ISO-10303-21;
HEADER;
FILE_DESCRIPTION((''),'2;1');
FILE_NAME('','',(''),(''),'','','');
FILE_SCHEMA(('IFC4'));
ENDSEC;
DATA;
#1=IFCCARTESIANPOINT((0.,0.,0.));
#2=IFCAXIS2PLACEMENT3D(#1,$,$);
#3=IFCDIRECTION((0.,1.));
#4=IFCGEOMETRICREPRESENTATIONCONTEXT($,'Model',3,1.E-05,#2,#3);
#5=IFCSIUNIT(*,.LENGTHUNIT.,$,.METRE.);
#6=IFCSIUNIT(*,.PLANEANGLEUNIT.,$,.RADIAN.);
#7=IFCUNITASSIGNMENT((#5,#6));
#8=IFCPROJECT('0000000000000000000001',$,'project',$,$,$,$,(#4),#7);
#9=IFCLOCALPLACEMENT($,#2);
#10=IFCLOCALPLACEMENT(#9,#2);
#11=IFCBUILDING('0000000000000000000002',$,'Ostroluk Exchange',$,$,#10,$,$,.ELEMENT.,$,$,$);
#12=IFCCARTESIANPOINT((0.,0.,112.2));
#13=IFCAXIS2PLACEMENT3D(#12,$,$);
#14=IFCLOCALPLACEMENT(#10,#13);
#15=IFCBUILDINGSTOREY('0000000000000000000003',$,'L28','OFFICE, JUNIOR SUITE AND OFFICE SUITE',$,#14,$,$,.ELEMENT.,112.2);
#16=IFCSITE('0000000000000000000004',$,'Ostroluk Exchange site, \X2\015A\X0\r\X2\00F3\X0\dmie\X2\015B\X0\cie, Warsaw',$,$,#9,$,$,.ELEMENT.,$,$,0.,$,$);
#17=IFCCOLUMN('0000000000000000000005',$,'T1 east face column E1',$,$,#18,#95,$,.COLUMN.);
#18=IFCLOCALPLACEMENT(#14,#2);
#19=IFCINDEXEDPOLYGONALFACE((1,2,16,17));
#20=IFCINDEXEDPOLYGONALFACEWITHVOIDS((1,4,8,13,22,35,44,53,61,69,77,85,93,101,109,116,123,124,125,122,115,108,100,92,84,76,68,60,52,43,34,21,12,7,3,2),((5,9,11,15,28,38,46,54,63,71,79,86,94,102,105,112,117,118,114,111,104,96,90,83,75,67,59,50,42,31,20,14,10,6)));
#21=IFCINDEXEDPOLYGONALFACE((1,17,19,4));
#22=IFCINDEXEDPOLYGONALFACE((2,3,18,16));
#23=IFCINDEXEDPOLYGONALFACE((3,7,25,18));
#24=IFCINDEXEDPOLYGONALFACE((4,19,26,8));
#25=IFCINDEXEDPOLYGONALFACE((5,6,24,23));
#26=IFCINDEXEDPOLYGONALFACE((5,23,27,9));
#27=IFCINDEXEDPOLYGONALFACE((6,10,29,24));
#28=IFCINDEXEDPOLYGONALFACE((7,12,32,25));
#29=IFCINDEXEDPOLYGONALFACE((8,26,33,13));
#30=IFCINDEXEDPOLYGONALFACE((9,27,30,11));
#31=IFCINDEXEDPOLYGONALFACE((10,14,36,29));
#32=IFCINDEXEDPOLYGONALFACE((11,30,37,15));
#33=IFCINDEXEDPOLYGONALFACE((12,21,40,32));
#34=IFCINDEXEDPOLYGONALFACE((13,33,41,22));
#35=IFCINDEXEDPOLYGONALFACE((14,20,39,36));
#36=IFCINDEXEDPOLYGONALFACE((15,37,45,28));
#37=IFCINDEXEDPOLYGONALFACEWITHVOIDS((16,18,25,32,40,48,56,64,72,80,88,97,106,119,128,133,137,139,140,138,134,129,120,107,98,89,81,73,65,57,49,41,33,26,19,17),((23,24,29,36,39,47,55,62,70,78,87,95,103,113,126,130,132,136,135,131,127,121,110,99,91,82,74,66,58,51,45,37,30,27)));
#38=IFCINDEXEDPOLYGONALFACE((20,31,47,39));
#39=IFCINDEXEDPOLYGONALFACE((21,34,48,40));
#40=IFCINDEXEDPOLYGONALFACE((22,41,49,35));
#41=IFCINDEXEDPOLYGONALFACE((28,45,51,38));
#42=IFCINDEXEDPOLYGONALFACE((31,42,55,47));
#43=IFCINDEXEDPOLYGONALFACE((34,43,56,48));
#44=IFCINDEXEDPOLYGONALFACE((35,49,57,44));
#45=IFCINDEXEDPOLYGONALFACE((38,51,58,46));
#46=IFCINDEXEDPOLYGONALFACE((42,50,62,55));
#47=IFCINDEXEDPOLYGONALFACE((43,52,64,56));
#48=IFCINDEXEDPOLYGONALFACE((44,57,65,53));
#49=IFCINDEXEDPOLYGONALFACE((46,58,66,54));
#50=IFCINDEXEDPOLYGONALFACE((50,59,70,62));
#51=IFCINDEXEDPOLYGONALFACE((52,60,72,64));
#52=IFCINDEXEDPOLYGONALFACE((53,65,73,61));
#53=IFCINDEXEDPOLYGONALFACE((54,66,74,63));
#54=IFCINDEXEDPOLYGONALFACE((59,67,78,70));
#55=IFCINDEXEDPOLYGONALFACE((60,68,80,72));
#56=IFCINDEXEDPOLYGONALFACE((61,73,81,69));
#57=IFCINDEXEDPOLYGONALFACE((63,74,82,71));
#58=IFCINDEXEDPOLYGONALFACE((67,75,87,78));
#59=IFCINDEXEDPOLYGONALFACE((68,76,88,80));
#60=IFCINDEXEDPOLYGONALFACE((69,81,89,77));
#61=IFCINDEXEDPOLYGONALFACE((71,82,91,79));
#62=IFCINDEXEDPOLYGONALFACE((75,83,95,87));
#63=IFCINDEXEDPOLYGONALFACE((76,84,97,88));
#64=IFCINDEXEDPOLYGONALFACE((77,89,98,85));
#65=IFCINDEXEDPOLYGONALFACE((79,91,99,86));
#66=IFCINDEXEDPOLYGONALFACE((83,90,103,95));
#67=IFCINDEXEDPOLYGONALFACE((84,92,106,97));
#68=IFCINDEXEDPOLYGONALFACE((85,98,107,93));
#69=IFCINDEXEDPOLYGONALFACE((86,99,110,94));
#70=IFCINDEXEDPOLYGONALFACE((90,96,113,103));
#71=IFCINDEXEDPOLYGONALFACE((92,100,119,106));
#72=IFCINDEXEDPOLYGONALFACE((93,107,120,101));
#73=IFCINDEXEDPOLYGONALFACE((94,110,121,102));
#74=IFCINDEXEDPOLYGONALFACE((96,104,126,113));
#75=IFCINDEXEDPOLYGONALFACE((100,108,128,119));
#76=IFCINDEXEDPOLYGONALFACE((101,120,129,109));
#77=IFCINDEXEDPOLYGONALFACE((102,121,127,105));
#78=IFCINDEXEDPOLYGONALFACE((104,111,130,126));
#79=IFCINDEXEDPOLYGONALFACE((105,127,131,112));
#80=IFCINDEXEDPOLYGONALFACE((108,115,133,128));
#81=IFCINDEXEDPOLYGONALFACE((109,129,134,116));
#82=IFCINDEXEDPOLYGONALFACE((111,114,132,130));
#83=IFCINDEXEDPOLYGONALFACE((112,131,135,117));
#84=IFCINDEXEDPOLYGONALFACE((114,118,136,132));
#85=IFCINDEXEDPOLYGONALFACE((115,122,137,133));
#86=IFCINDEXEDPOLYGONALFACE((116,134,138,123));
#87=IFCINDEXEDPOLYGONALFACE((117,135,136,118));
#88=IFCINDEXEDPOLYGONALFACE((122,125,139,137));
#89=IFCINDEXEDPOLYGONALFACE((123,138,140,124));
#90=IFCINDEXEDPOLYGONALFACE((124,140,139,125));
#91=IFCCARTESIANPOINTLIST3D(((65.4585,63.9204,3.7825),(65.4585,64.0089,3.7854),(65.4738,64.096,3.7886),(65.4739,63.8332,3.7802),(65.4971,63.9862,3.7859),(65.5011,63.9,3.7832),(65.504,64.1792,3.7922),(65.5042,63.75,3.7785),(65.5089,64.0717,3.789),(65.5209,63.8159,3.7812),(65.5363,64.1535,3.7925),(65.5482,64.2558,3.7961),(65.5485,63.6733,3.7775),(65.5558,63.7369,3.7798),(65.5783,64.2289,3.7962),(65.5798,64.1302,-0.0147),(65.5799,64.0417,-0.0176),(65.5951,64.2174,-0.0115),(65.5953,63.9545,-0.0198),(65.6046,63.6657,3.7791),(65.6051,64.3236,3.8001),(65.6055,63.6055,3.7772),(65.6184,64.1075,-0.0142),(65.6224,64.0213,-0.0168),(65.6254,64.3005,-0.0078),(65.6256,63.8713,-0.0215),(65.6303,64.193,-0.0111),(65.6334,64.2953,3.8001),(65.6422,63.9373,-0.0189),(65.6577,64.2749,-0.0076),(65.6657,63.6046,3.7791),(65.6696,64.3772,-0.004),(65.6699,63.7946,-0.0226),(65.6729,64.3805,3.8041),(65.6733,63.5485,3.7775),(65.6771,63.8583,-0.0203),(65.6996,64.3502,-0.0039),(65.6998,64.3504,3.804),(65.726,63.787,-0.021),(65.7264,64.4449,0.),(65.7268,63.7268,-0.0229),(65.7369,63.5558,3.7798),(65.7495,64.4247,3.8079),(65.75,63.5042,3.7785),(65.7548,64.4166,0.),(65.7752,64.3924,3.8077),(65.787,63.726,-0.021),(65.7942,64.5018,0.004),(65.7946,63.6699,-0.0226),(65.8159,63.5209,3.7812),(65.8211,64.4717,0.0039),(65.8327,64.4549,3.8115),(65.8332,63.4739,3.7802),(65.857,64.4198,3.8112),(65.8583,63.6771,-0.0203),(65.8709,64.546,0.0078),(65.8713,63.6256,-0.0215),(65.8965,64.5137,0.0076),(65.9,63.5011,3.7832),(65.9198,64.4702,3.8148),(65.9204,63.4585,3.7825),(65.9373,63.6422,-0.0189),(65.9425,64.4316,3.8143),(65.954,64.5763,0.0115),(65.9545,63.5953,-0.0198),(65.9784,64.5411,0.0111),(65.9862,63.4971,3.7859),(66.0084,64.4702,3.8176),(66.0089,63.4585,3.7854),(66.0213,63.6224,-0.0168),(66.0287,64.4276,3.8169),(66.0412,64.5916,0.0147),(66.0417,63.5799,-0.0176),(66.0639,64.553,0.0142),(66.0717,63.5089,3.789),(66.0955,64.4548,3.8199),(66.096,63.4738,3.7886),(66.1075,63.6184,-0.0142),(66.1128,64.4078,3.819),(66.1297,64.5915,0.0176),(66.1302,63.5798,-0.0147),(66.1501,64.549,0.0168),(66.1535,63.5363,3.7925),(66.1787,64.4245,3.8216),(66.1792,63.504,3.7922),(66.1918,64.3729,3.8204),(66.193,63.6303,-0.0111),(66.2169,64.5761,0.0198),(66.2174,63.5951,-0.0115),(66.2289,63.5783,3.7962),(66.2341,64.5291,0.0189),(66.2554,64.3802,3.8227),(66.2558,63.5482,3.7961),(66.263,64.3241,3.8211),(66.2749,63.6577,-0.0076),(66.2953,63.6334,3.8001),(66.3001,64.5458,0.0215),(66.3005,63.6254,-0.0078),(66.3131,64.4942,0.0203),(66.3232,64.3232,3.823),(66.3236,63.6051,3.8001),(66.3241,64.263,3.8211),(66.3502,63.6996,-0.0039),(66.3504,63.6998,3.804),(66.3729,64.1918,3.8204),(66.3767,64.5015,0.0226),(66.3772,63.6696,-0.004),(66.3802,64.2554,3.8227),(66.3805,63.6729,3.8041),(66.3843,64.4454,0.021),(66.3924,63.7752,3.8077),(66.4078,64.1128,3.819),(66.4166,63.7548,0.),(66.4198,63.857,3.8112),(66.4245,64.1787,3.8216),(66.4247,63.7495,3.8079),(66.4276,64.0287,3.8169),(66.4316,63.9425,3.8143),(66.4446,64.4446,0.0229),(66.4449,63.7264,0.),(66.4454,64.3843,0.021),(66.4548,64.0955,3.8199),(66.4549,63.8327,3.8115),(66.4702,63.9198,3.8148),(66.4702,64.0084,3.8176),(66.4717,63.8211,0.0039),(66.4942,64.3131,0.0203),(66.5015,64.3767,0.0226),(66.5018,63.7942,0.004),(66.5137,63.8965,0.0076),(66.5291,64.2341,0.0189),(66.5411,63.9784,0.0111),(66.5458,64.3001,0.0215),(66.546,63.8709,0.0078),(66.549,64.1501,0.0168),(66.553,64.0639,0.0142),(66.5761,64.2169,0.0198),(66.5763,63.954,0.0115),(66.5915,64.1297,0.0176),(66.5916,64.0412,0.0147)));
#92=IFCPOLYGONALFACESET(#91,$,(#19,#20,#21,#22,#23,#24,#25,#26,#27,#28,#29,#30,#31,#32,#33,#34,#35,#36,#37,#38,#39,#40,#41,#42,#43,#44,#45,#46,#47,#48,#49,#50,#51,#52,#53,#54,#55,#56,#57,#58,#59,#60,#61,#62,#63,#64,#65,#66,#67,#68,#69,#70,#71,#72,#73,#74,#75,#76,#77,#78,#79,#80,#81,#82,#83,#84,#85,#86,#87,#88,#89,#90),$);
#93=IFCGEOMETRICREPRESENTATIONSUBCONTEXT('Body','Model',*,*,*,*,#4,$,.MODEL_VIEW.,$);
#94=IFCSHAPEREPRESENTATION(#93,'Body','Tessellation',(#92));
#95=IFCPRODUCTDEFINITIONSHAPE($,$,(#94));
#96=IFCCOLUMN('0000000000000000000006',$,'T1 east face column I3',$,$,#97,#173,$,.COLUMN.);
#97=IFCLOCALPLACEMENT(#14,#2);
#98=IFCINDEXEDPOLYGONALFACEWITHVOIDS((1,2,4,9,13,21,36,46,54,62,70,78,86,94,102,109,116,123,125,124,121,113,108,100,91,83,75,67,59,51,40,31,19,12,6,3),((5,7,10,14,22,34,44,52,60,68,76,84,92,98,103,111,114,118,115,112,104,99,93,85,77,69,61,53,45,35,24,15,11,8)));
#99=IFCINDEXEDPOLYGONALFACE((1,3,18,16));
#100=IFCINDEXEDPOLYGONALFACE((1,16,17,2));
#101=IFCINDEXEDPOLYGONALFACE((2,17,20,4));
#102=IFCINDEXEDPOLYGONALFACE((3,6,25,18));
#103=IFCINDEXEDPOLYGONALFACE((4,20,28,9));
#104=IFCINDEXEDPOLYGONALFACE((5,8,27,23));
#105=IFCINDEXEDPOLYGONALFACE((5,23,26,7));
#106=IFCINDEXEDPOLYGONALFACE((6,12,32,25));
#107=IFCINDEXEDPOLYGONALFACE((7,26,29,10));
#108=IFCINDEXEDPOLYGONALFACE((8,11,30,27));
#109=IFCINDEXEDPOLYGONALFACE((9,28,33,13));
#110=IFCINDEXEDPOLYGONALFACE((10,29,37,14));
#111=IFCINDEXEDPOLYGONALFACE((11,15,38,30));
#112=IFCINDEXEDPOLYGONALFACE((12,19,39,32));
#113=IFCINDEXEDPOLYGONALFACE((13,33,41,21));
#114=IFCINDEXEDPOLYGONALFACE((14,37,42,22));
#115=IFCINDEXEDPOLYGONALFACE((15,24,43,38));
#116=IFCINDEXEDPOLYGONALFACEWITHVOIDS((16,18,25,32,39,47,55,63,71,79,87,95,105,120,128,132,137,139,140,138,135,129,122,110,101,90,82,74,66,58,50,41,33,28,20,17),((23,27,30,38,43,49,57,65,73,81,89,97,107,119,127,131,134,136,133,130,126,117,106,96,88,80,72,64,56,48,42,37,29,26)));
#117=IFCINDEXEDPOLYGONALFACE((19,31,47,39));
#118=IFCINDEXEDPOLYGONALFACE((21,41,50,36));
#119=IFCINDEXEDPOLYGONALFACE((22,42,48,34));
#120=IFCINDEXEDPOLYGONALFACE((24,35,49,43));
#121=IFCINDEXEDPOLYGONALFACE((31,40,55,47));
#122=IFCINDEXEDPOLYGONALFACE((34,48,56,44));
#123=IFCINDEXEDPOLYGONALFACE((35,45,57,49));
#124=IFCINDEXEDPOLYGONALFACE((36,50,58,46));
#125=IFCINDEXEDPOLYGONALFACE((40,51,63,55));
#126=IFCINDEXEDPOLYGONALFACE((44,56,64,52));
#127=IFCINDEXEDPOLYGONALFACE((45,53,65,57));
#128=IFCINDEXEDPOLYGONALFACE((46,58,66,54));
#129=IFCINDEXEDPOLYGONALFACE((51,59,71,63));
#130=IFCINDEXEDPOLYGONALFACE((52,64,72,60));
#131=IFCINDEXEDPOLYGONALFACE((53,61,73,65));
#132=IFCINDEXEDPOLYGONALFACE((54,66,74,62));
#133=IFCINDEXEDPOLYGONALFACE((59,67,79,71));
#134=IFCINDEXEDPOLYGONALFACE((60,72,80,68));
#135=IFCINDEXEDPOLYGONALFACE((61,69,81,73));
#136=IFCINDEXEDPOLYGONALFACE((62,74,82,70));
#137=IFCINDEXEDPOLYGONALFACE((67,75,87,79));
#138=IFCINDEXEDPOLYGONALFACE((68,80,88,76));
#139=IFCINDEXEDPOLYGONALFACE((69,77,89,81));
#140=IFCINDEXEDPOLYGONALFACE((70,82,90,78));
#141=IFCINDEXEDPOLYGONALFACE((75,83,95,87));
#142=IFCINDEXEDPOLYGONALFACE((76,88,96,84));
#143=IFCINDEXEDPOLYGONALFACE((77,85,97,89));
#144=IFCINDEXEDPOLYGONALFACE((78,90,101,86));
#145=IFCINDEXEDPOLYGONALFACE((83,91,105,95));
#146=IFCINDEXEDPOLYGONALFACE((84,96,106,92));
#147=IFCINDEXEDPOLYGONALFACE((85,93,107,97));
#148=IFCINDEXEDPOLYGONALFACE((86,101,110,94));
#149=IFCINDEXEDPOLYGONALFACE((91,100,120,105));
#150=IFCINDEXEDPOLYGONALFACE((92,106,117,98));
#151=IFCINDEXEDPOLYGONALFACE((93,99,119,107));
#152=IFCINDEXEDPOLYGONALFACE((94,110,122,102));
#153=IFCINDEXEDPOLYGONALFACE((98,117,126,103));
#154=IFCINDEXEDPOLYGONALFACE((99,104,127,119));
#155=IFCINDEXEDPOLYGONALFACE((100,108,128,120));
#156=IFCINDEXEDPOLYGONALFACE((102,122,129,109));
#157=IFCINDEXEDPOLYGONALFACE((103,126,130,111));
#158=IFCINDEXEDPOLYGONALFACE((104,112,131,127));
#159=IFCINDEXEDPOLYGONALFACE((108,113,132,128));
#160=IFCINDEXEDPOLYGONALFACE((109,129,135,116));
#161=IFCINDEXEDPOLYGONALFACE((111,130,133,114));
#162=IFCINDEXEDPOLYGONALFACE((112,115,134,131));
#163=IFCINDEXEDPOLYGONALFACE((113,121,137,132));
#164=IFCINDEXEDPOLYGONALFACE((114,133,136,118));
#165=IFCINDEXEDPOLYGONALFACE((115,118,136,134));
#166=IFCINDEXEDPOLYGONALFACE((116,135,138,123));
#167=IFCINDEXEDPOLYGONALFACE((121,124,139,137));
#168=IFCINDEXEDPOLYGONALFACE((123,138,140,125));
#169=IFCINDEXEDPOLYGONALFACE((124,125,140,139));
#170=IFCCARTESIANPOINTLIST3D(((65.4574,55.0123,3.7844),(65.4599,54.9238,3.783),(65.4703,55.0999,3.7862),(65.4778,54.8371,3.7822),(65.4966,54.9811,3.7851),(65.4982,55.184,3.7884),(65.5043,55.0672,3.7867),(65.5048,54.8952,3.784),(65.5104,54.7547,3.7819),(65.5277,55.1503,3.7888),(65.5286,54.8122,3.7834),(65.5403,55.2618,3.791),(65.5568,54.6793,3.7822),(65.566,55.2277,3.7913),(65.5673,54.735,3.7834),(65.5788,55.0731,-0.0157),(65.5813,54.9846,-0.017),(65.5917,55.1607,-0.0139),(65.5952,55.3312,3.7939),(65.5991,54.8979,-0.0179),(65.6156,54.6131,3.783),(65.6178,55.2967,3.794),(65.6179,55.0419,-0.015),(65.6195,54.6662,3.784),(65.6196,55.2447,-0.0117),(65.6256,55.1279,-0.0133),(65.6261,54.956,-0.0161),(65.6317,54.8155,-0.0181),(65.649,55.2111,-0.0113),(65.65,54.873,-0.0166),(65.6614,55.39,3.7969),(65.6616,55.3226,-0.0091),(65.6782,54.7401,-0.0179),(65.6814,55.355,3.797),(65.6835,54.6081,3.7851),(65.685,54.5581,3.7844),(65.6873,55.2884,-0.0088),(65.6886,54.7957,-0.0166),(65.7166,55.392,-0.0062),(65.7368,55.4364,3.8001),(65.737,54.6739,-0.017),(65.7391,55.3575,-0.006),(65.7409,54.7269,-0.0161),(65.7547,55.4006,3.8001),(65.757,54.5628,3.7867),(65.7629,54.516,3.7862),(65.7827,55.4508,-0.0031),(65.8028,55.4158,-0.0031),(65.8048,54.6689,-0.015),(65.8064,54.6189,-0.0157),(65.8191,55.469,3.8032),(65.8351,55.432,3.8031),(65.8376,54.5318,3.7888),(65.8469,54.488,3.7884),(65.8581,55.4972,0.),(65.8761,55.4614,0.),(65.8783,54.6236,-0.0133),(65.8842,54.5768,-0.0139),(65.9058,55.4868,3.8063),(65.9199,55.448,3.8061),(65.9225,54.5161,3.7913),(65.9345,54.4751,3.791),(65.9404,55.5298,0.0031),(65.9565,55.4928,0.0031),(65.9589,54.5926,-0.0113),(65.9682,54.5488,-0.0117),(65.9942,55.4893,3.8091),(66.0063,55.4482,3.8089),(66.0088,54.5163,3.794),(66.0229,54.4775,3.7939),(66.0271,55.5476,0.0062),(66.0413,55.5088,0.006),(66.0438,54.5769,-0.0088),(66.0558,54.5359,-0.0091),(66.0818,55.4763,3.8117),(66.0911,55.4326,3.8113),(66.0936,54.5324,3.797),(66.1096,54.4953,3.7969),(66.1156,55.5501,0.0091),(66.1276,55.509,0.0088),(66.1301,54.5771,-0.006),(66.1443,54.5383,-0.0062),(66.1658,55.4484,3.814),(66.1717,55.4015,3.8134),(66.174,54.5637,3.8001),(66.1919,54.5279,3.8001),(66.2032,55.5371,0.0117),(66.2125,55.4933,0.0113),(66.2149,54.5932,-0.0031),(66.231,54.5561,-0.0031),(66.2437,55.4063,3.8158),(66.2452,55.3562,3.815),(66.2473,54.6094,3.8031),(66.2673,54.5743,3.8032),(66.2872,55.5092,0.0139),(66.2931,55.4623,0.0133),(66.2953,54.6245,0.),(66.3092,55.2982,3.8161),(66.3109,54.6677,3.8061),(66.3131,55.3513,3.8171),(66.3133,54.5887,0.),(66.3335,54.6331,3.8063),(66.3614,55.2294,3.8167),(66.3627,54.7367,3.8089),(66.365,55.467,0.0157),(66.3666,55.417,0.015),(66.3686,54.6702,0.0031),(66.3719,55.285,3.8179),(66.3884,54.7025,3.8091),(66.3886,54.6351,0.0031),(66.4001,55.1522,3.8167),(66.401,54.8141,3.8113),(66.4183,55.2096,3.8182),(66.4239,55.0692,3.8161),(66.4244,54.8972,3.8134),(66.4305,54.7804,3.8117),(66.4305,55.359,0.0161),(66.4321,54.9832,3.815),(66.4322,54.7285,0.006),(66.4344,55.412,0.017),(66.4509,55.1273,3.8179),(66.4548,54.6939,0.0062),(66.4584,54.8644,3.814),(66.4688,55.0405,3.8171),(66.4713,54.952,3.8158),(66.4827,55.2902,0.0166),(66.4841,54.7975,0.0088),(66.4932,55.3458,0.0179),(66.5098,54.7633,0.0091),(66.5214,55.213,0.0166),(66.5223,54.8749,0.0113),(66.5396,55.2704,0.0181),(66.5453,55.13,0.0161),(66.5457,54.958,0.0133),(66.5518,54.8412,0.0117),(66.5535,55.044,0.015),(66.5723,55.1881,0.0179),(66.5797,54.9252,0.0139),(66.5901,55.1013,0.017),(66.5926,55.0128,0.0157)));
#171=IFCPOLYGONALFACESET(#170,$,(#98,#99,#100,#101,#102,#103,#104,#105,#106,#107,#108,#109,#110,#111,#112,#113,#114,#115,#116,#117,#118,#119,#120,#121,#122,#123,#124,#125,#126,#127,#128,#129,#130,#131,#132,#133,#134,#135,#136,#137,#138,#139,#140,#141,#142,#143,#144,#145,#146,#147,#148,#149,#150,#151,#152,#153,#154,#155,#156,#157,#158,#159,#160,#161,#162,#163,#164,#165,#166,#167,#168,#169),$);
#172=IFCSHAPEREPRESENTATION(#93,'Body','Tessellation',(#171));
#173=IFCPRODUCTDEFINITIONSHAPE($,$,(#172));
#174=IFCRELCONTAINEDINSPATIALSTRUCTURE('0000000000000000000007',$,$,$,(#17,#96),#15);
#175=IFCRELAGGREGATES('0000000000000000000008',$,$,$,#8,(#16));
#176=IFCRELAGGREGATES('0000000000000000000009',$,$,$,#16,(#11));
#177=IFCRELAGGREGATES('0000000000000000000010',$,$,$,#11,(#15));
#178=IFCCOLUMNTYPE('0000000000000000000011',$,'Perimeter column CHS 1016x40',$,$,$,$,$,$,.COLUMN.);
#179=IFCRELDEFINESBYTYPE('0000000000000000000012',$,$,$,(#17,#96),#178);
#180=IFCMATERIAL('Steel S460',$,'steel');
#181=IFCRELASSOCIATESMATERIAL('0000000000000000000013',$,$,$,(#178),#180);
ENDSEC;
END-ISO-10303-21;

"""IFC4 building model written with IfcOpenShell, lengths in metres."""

from ifc_helpers import new_model, si_unit, direction, frame, origin, origin_2d, place, context, subcontext, project, spatial, hollow_circle, extrude, material, material_profile, profile_set, type_object, element, save


model = new_model("IFC4")

# Units and contexts
model_context = context("Model", 3, precision=1e-05, world=origin(), true_north=direction((0.0, 1.0)))
body_context = subcontext(model_context, "Body", "Model", "MODEL_VIEW")
ifc_project = project(units=[si_unit("LENGTHUNIT", "METRE"), si_unit("PLANEANGLEUNIT", "RADIAN")], contexts=[model_context])

# Site, building, storey
site_placement = place(None, origin())
site = spatial("IfcSite", under=ifc_project, at=site_placement, Name="Ostroluk Exchange site, Śródmieście, Warsaw", CompositionType="ELEMENT", RefElevation=0.0)
building_placement = place(site_placement, origin())
building = spatial("IfcBuilding", under=site, at=building_placement, Name="Ostroluk Exchange", CompositionType="ELEMENT")
storey_placement = place(building_placement, frame((0.0, 0.0, 112.2)))
storey = spatial("IfcBuildingStorey", under=building, at=storey_placement, Name="L28", Description="OFFICE, JUNIOR SUITE AND OFFICE SUITE", CompositionType="ELEMENT", Elevation=112.2)

# Columns
ifc_material_1 = material(Name="Steel S460", Category="steel")
ifc_material_profile_1 = material_profile(ifc_material_1, hollow_circle(Radius=0.5081, WallThickness=0.04, at=origin_2d()), Name="CHS 1016x40")
ifc_profile_set_1 = profile_set([ifc_material_profile_1], Name="Steel S460")
column_type = type_object("IfcColumnType", Name="Perimeter column CHS 1016x40", PredefinedType="COLUMN", material=ifc_profile_set_1)
column_1_placement = place(storey_placement, frame((66.0857, 64.0857, 0.0), z_axis=(-0.031898, -0.031898, 0.998982), x_axis=(0.707107, -0.707107, 0.0)))
element("IfcColumn", 1, at=column_1_placement, inside=storey, type_object=column_type, Name="T1 east face column E1", PredefinedType="COLUMN", context=body_context, shape_type="SweptSolid", body=[
    extrude(hollow_circle(Radius=0.5081, WallThickness=0.04, at=origin_2d()), origin(), (0.0, 0.0, 1.0), 3.804),
])
column_2_placement = place(storey_placement, frame((66.0857, 55.043, 0.0), z_axis=(-0.03191, -0.015987, 0.999363), x_axis=(0.447933, -0.894067, 0.0)))
element("IfcColumn", 2, at=column_2_placement, inside=storey, type_object=column_type, Name="T1 east face column I3", PredefinedType="COLUMN", context=body_context, shape_type="SweptSolid", body=[
    extrude(hollow_circle(Radius=0.5081, WallThickness=0.04, at=origin_2d()), origin(), (0.0, 0.0, 1.0), 3.8025),
])

save(model, "model.ifc")
